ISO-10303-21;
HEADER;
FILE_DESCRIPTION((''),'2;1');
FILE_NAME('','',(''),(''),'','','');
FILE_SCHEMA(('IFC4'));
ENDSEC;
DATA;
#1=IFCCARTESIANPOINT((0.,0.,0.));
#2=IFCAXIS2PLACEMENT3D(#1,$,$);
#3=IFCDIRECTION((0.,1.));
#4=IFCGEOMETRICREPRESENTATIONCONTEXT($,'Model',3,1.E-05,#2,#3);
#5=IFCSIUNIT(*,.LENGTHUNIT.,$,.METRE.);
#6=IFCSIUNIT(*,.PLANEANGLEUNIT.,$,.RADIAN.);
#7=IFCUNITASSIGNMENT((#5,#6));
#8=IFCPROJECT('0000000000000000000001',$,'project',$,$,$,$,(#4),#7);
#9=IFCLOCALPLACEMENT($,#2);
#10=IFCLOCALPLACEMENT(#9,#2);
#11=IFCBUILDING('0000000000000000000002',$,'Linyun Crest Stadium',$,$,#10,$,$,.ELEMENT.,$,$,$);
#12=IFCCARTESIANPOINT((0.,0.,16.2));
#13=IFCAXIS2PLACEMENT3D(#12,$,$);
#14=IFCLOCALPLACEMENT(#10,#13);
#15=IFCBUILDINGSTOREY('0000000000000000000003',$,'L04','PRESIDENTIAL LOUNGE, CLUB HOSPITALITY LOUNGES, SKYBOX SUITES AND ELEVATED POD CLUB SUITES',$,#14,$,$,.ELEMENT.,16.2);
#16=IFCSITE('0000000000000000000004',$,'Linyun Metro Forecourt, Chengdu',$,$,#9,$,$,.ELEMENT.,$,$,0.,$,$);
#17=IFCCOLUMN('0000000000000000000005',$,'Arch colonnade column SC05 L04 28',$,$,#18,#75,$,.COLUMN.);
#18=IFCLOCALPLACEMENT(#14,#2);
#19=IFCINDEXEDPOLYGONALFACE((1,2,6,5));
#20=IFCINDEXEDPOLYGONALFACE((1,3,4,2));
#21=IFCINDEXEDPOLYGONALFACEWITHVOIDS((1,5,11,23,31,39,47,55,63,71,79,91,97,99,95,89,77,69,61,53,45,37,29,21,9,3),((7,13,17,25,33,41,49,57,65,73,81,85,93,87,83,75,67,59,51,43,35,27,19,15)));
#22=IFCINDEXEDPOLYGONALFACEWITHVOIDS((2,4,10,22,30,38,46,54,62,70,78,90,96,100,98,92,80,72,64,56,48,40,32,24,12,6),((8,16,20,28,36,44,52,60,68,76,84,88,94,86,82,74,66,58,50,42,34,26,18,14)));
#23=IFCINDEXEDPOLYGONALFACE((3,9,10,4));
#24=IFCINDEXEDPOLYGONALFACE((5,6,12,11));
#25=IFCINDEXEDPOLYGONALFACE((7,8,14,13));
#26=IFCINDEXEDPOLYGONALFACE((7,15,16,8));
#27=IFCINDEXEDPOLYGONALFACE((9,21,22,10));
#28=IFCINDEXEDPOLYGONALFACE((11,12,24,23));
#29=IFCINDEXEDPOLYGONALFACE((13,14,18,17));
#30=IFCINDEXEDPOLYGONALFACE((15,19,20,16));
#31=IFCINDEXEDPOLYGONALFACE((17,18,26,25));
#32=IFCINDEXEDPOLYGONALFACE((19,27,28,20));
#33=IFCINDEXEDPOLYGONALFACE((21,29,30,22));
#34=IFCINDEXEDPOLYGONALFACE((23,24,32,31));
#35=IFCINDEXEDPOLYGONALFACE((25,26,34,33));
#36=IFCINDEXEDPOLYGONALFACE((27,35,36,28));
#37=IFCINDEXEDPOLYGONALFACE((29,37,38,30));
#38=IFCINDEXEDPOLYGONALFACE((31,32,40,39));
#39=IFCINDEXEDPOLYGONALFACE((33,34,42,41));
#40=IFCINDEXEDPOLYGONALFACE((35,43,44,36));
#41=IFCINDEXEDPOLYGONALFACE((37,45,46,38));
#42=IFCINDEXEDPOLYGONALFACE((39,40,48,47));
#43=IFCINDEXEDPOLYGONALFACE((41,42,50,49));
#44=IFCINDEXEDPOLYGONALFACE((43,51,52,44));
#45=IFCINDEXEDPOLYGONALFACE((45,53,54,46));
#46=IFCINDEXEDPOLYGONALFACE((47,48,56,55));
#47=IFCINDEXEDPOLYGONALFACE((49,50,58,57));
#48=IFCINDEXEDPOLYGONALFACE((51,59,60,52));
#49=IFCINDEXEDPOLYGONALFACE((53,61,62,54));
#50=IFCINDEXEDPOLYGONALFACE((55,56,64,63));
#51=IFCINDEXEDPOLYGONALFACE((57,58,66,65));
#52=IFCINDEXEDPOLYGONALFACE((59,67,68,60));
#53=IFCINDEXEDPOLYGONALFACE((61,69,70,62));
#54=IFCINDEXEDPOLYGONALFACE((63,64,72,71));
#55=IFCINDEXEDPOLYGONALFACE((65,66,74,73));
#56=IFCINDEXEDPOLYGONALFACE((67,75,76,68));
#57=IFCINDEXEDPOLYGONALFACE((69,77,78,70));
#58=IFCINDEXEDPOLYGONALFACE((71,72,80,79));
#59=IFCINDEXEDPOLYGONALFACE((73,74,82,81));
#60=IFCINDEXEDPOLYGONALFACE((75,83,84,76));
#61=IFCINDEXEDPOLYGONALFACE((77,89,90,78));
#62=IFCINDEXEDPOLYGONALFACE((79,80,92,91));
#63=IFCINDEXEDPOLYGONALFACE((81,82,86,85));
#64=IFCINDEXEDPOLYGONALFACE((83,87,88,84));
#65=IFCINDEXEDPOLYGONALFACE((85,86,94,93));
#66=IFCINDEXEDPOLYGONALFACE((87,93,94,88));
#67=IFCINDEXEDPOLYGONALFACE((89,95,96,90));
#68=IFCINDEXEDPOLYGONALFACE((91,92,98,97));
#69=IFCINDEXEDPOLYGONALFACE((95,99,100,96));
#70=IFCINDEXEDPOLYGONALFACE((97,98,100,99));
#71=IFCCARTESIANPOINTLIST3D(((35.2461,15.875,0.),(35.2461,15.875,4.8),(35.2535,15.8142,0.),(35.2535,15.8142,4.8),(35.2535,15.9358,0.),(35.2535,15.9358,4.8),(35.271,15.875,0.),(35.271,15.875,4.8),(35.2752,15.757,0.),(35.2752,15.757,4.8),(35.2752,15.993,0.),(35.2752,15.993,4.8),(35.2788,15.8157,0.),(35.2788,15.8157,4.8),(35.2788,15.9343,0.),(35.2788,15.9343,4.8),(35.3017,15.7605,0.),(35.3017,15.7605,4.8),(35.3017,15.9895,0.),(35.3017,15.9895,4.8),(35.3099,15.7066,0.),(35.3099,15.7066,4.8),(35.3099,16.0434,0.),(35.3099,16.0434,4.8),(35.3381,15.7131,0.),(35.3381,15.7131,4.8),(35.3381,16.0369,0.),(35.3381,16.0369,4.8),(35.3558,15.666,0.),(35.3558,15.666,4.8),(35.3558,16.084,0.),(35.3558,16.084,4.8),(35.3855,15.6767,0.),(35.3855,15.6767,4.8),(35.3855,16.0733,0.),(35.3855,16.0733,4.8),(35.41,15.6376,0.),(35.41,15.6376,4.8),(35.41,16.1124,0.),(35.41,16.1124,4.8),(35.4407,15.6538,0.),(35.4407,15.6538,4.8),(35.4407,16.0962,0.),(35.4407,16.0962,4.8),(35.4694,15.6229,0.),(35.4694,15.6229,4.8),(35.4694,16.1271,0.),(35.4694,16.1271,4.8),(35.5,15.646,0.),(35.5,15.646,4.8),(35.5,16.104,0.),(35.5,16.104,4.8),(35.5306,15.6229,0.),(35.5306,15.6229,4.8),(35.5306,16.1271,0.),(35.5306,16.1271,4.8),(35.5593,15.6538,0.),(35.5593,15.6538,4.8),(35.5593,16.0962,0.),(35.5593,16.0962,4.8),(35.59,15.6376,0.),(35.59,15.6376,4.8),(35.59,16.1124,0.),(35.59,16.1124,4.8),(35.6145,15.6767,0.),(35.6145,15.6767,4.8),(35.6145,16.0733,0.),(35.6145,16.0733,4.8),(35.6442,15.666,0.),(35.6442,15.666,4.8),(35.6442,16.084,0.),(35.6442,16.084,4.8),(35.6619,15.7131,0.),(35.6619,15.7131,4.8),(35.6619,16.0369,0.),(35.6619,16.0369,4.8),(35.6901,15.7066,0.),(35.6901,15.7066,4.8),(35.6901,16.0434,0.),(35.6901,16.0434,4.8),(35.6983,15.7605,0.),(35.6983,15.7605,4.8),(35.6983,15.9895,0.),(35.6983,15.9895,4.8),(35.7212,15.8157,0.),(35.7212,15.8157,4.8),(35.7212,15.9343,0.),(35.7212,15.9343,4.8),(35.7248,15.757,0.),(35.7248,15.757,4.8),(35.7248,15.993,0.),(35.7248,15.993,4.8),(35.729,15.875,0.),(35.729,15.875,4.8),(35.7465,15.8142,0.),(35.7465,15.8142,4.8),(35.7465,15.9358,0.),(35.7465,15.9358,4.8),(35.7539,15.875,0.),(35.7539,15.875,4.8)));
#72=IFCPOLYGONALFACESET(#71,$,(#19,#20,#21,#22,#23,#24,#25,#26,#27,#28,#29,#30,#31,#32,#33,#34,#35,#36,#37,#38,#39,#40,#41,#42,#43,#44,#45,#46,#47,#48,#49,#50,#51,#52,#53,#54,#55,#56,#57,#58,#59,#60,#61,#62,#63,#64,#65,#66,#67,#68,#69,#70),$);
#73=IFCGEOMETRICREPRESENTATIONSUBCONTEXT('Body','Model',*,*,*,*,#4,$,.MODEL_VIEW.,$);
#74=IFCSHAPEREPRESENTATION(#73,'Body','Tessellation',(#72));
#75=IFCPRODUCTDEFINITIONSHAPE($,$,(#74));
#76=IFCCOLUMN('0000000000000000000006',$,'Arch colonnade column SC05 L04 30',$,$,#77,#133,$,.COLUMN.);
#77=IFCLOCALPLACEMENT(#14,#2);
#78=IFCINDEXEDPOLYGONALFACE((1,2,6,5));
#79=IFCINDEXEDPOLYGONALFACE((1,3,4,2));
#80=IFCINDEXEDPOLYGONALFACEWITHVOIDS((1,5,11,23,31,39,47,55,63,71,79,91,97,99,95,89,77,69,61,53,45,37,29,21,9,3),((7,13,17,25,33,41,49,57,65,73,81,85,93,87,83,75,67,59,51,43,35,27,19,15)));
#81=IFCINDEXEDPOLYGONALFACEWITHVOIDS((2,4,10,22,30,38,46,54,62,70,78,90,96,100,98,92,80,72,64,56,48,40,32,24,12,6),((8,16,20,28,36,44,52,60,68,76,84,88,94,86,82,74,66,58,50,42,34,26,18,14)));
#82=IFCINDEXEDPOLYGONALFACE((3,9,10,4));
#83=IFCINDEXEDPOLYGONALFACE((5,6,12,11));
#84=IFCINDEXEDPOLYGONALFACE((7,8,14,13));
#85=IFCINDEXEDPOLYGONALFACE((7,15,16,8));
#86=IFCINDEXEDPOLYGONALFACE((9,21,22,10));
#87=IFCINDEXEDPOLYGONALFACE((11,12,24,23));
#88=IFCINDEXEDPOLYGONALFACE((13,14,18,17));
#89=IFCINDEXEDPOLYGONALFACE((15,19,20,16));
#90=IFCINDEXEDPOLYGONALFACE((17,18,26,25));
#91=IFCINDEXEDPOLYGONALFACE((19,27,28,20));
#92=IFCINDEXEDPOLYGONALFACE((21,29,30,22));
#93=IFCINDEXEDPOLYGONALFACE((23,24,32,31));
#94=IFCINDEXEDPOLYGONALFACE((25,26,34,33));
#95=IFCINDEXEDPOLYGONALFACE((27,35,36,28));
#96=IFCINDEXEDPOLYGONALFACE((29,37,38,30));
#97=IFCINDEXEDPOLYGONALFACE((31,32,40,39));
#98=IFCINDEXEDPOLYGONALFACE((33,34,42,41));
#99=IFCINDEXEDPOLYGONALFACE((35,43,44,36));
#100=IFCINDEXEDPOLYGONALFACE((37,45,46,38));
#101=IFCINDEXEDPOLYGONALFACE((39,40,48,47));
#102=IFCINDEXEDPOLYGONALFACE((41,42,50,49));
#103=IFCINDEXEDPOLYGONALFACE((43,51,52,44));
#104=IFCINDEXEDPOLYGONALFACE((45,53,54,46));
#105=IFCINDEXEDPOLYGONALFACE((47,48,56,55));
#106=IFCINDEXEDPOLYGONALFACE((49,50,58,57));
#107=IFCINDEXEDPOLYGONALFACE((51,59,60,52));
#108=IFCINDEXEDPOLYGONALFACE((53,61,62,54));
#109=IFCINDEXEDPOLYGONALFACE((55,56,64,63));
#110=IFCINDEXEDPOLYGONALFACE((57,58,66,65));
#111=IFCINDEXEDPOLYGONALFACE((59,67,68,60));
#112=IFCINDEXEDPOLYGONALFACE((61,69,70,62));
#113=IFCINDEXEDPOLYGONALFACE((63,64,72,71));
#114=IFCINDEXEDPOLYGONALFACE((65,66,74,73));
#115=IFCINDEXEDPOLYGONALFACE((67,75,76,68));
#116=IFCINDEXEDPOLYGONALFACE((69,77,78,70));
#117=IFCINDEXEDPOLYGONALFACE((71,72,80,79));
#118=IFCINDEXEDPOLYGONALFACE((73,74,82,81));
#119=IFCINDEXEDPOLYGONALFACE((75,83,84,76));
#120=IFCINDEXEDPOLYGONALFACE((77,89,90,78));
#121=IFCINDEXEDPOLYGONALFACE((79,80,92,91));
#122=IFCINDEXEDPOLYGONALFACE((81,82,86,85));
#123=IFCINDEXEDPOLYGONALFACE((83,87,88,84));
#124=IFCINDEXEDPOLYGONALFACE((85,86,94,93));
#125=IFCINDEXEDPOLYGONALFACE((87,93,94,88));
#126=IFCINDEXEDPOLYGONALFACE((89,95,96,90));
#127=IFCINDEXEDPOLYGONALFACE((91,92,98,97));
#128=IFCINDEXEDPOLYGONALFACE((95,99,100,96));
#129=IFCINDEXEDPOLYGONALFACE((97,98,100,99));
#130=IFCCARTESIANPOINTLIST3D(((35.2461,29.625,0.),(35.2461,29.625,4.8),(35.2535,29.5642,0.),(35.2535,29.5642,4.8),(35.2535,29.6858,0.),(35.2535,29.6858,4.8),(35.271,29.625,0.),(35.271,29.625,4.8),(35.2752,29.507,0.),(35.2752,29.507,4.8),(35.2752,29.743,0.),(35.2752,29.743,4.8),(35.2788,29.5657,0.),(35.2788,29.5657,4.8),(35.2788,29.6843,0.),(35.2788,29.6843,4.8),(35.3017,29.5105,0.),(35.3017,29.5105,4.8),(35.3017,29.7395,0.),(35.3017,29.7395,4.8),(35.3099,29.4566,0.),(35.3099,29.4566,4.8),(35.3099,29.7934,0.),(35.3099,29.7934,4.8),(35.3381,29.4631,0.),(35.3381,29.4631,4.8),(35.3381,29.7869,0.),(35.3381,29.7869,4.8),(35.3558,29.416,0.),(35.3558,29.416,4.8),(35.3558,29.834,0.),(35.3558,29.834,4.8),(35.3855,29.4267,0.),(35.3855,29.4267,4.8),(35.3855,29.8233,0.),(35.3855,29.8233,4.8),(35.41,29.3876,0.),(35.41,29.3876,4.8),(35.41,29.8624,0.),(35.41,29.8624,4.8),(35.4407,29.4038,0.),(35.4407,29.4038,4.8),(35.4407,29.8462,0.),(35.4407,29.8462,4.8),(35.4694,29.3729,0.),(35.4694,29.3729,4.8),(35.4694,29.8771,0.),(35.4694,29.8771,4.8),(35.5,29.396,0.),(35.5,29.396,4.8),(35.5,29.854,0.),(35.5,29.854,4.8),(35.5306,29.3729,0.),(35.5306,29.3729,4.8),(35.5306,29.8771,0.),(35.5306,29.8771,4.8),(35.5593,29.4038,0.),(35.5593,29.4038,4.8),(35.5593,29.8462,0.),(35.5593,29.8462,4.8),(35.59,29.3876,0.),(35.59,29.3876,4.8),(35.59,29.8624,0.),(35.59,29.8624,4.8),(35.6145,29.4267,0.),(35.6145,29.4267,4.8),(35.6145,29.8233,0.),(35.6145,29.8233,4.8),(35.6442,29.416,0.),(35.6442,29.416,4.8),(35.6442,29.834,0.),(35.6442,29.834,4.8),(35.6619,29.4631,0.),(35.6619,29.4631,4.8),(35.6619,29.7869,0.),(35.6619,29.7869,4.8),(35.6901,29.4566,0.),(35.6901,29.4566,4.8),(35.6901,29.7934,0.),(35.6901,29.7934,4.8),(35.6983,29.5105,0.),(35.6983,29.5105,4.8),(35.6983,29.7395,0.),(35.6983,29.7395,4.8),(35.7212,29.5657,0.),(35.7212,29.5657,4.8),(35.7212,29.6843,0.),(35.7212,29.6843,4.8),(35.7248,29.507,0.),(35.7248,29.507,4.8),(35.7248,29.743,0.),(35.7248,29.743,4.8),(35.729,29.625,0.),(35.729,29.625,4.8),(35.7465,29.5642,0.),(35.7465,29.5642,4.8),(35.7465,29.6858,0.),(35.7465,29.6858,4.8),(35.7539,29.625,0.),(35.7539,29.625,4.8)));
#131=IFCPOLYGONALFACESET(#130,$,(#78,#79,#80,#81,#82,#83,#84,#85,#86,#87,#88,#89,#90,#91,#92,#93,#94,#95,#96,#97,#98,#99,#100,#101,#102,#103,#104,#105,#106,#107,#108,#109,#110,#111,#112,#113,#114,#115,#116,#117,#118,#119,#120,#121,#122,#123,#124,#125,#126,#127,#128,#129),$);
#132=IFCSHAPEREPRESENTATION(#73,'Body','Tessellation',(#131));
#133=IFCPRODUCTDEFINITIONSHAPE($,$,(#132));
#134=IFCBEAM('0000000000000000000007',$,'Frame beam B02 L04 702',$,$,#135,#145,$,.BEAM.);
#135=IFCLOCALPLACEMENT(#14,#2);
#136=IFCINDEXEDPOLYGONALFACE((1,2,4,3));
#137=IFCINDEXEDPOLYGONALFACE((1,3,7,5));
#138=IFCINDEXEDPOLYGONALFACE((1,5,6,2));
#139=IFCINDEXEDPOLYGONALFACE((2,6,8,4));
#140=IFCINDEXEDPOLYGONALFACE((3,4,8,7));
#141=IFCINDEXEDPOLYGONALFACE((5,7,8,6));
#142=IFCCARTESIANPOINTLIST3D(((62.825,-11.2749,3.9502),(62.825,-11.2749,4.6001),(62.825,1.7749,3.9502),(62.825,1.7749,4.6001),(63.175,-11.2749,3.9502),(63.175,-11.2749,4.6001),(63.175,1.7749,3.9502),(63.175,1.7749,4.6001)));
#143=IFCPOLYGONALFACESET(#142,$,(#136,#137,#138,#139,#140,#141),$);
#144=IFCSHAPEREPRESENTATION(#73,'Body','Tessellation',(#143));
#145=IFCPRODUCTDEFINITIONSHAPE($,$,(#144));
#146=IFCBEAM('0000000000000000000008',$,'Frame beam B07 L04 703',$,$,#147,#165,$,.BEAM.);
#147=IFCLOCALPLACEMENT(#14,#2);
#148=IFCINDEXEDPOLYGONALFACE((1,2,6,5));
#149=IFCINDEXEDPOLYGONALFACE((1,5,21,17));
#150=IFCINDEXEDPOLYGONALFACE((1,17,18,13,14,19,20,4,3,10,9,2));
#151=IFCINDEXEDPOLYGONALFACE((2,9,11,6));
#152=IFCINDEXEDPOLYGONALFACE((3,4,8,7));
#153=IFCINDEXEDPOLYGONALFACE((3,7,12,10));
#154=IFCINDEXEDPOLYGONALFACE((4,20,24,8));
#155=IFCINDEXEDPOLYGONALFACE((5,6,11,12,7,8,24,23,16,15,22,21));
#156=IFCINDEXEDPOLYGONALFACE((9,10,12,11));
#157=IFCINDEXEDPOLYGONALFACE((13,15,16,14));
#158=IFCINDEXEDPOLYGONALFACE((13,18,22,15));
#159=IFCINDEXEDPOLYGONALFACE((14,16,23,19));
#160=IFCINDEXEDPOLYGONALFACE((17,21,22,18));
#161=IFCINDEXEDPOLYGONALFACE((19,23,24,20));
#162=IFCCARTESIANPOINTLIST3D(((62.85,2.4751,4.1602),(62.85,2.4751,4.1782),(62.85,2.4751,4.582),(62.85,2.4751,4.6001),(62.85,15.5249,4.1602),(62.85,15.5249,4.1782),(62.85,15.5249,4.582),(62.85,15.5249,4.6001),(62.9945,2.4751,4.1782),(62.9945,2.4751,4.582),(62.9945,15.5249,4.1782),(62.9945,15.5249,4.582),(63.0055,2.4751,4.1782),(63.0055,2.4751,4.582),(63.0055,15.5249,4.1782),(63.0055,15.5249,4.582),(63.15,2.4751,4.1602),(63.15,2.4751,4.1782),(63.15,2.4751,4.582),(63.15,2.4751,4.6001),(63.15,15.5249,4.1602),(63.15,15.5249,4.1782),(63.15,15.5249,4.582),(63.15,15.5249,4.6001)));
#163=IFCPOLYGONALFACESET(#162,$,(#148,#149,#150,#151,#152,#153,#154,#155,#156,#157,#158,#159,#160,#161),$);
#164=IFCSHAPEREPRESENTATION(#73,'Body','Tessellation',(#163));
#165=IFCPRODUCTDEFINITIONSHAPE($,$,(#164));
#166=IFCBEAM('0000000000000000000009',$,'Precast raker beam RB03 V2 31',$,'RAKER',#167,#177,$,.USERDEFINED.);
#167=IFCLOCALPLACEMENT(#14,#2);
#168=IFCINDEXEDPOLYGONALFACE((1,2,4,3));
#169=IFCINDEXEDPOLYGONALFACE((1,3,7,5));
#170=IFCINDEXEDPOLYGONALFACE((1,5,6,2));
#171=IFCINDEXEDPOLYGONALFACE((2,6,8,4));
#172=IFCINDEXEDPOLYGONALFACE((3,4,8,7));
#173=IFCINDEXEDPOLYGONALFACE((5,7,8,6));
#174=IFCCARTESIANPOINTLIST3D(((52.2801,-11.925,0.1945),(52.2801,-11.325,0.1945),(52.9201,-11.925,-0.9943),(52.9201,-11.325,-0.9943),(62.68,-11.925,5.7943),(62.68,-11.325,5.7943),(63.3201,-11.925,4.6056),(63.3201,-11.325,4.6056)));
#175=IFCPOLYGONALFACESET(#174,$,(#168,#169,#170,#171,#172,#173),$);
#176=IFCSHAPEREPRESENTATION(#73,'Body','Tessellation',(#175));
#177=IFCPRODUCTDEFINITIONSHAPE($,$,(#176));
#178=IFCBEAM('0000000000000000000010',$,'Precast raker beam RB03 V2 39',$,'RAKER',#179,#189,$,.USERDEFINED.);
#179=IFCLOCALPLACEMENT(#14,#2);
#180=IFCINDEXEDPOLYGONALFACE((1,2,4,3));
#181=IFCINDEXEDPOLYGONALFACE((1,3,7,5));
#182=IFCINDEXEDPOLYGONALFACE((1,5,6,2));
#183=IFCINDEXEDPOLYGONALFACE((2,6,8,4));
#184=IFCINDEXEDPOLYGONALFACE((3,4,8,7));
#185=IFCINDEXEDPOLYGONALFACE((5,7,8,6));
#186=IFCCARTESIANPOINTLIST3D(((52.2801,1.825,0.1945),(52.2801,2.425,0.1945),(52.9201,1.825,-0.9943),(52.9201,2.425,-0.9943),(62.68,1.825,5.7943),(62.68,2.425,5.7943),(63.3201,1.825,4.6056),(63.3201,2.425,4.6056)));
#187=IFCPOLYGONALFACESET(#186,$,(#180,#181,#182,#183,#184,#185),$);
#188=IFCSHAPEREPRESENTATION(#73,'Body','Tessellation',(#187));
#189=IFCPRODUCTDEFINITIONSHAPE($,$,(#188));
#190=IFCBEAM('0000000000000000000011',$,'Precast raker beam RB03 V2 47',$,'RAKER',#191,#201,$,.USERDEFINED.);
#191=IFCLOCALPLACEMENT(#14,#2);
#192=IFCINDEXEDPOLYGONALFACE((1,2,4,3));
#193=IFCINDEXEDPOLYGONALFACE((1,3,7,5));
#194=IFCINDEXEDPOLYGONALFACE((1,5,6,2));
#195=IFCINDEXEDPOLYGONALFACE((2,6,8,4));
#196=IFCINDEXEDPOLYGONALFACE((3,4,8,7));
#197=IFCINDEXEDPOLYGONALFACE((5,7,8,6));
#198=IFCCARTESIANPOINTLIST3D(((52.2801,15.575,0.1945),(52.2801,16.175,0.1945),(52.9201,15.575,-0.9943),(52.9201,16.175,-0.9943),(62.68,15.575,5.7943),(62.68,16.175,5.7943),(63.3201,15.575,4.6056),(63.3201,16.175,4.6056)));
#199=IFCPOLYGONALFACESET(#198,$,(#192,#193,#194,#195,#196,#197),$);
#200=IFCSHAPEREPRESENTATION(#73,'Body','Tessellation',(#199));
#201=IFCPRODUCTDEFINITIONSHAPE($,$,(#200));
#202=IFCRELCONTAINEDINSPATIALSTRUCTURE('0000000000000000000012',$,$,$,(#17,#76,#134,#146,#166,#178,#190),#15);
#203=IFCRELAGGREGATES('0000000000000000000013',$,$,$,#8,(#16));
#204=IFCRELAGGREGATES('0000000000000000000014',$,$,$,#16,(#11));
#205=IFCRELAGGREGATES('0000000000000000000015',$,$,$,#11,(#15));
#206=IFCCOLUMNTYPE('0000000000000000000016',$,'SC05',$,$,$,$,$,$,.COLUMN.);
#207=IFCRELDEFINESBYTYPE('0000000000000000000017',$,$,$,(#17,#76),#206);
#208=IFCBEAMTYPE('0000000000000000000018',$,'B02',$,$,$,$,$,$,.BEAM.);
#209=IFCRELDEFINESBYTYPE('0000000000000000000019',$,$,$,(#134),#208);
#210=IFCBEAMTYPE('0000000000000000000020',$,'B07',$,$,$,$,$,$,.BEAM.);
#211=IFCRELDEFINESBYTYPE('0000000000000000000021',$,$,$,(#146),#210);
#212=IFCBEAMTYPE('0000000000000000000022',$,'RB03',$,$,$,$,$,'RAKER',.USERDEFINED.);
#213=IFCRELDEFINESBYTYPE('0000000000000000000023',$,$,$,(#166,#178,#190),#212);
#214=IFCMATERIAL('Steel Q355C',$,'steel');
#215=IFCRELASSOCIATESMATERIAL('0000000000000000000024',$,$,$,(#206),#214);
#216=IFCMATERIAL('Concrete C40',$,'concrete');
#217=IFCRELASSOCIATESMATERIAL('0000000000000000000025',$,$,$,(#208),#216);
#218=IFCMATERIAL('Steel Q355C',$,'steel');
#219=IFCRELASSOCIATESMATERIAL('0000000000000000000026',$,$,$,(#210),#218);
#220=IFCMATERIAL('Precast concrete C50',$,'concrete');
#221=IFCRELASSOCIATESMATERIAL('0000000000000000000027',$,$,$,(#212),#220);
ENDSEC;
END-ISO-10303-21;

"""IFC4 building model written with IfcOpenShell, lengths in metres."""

from ifc_helpers import new_model, si_unit, direction, frame, origin, origin_2d, place, context, subcontext, project, spatial, rectangle, hollow_circle, i_section, extrude, material, material_profile, profile_set, type_object, element, save


model = new_model("IFC4")

# Units and contexts
model_context = context("Model", 3, precision=1e-05, world=origin(), true_north=direction((0.0, 1.0)))
body_context = subcontext(model_context, "Body", "Model", "MODEL_VIEW")
ifc_project = project(units=[si_unit("LENGTHUNIT", "METRE"), si_unit("PLANEANGLEUNIT", "RADIAN")], contexts=[model_context])

# Site, building, storey
site_placement = place(None, origin())
site = spatial("IfcSite", under=ifc_project, at=site_placement, Name="Linyun Metro Forecourt, Chengdu", CompositionType="ELEMENT", RefElevation=0.0)
building_placement = place(site_placement, origin())
building = spatial("IfcBuilding", under=site, at=building_placement, Name="Linyun Crest Stadium", CompositionType="ELEMENT")
storey_placement = place(building_placement, frame((0.0, 0.0, 16.2)))
storey = spatial("IfcBuildingStorey", under=building, at=storey_placement, Name="L04", Description="PRESIDENTIAL LOUNGE, CLUB HOSPITALITY LOUNGES, SKYBOX SUITES AND ELEVATED POD CLUB SUITES", CompositionType="ELEMENT", Elevation=16.2)

# Columns
ifc_material_1 = material(Name="Steel Q355C", Category="steel")
ifc_material_profile_1 = material_profile(ifc_material_1, hollow_circle(Radius=0.2539, WallThickness=0.0249, at=origin_2d()), Name="CHS 508x25")
ifc_profile_set_1 = profile_set([ifc_material_profile_1], Name="Steel Q355C")
column_type_1 = type_object("IfcColumnType", Name="SC05", PredefinedType="COLUMN", material=ifc_profile_set_1)
for number, where, z_axis, x_axis, name in (
    (1, (35.5, 15.875, 0.0), (0.0, 0.0, 1.0), (1.0, 0.0, 0.0), "Arch colonnade column SC05 L04 28"),
    (2, (35.5, 29.625, 0.0), (0.0, 0.0, 1.0), (1.0, 0.0, 0.0), "Arch colonnade column SC05 L04 30"),
):
    element("IfcColumn", number, at=place(storey_placement, frame(where, z_axis=z_axis, x_axis=x_axis)), inside=storey, type_object=column_type_1, Name=name, PredefinedType="COLUMN", context=body_context, shape_type="SweptSolid", body=[
        extrude(hollow_circle(Radius=0.2539, WallThickness=0.0249, at=origin_2d()), origin(), (0.0, 0.0, 1.0), 4.8),
    ])

# Beams
ifc_material_2 = material(Name="Concrete C40", Category="concrete")
ifc_material_profile_2 = material_profile(ifc_material_2, rectangle(XDim=0.3501, YDim=0.6499, at=origin_2d()), Name="RCB 650x350")
ifc_profile_set_2 = profile_set([ifc_material_profile_2], Name="Concrete C40")
beam_type_1 = type_object("IfcBeamType", Name="B02", PredefinedType="BEAM", material=ifc_profile_set_2)
beam_1_placement = place(storey_placement, frame((63.0, -11.2749, 4.2751), z_axis=(0.0, 1.0, 0.0), x_axis=(-1.0, 0.0, 0.0)))
element("IfcBeam", 3, at=beam_1_placement, inside=storey, type_object=beam_type_1, Name="Frame beam B02 L04 702", PredefinedType="BEAM", context=body_context, shape_type="SweptSolid", body=[
    extrude(rectangle(XDim=0.3501, YDim=0.6499, at=origin_2d()), origin(), (0.0, 0.0, 1.0), 13.0498),
])
ifc_material_3 = material(Name="Steel Q355C", Category="steel")
ifc_material_profile_3 = material_profile(ifc_material_3, i_section(OverallWidth=0.3, OverallDepth=0.4399, WebThickness=0.011, FlangeThickness=0.0181, at=origin_2d()), Name="HM 440x300")
ifc_profile_set_3 = profile_set([ifc_material_profile_3], Name="Steel Q355C")
beam_type_2 = type_object("IfcBeamType", Name="B07", PredefinedType="BEAM", material=ifc_profile_set_3)
beam_2_placement = place(storey_placement, frame((63.0, 2.4751, 4.3801), z_axis=(0.0, 1.0, 0.0), x_axis=(-1.0, 0.0, 0.0)))
element("IfcBeam", 4, at=beam_2_placement, inside=storey, type_object=beam_type_2, Name="Frame beam B07 L04 703", PredefinedType="BEAM", context=body_context, shape_type="SweptSolid", body=[
    extrude(i_section(OverallWidth=0.3, OverallDepth=0.4399, WebThickness=0.011, FlangeThickness=0.0181, at=origin_2d()), origin(), (0.0, 0.0, 1.0), 13.0498),
])
ifc_material_4 = material(Name="Precast concrete C50", Category="concrete")
ifc_material_profile_4 = material_profile(ifc_material_4, rectangle(XDim=0.6001, YDim=1.3501, at=origin_2d()), Name="PCR 1350x600")
ifc_profile_set_4 = profile_set([ifc_material_profile_4], Name="Precast concrete C50")
beam_type_3 = type_object("IfcBeamType", Name="RB03", ElementType="RAKER", PredefinedType="USERDEFINED", material=ifc_profile_set_4)
for number, where, z_axis, x_axis, name in (
    (5, (52.6001, -11.625, -0.3999), (0.880474, 0.0, 0.474094), (0.0, 1.0, 0.0), "Precast raker beam RB03 V2 31"),
    (6, (52.6001, 2.125, -0.3999), (0.880474, 0.0, 0.474094), (0.0, 1.0, 0.0), "Precast raker beam RB03 V2 39"),
    (7, (52.6001, 15.875, -0.3999), (0.880474, 0.0, 0.474094), (0.0, 1.0, 0.0), "Precast raker beam RB03 V2 47"),
):
    element("IfcBeam", number, at=place(storey_placement, frame(where, z_axis=z_axis, x_axis=x_axis)), inside=storey, type_object=beam_type_3, Name=name, ObjectType="RAKER", PredefinedType="USERDEFINED", context=body_context, shape_type="SweptSolid", body=[
        extrude(rectangle(XDim=0.6001, YDim=1.3501, at=origin_2d()), origin(), (0.0, 0.0, 1.0), 11.8118),
    ])

save(model, "model.ifc")
